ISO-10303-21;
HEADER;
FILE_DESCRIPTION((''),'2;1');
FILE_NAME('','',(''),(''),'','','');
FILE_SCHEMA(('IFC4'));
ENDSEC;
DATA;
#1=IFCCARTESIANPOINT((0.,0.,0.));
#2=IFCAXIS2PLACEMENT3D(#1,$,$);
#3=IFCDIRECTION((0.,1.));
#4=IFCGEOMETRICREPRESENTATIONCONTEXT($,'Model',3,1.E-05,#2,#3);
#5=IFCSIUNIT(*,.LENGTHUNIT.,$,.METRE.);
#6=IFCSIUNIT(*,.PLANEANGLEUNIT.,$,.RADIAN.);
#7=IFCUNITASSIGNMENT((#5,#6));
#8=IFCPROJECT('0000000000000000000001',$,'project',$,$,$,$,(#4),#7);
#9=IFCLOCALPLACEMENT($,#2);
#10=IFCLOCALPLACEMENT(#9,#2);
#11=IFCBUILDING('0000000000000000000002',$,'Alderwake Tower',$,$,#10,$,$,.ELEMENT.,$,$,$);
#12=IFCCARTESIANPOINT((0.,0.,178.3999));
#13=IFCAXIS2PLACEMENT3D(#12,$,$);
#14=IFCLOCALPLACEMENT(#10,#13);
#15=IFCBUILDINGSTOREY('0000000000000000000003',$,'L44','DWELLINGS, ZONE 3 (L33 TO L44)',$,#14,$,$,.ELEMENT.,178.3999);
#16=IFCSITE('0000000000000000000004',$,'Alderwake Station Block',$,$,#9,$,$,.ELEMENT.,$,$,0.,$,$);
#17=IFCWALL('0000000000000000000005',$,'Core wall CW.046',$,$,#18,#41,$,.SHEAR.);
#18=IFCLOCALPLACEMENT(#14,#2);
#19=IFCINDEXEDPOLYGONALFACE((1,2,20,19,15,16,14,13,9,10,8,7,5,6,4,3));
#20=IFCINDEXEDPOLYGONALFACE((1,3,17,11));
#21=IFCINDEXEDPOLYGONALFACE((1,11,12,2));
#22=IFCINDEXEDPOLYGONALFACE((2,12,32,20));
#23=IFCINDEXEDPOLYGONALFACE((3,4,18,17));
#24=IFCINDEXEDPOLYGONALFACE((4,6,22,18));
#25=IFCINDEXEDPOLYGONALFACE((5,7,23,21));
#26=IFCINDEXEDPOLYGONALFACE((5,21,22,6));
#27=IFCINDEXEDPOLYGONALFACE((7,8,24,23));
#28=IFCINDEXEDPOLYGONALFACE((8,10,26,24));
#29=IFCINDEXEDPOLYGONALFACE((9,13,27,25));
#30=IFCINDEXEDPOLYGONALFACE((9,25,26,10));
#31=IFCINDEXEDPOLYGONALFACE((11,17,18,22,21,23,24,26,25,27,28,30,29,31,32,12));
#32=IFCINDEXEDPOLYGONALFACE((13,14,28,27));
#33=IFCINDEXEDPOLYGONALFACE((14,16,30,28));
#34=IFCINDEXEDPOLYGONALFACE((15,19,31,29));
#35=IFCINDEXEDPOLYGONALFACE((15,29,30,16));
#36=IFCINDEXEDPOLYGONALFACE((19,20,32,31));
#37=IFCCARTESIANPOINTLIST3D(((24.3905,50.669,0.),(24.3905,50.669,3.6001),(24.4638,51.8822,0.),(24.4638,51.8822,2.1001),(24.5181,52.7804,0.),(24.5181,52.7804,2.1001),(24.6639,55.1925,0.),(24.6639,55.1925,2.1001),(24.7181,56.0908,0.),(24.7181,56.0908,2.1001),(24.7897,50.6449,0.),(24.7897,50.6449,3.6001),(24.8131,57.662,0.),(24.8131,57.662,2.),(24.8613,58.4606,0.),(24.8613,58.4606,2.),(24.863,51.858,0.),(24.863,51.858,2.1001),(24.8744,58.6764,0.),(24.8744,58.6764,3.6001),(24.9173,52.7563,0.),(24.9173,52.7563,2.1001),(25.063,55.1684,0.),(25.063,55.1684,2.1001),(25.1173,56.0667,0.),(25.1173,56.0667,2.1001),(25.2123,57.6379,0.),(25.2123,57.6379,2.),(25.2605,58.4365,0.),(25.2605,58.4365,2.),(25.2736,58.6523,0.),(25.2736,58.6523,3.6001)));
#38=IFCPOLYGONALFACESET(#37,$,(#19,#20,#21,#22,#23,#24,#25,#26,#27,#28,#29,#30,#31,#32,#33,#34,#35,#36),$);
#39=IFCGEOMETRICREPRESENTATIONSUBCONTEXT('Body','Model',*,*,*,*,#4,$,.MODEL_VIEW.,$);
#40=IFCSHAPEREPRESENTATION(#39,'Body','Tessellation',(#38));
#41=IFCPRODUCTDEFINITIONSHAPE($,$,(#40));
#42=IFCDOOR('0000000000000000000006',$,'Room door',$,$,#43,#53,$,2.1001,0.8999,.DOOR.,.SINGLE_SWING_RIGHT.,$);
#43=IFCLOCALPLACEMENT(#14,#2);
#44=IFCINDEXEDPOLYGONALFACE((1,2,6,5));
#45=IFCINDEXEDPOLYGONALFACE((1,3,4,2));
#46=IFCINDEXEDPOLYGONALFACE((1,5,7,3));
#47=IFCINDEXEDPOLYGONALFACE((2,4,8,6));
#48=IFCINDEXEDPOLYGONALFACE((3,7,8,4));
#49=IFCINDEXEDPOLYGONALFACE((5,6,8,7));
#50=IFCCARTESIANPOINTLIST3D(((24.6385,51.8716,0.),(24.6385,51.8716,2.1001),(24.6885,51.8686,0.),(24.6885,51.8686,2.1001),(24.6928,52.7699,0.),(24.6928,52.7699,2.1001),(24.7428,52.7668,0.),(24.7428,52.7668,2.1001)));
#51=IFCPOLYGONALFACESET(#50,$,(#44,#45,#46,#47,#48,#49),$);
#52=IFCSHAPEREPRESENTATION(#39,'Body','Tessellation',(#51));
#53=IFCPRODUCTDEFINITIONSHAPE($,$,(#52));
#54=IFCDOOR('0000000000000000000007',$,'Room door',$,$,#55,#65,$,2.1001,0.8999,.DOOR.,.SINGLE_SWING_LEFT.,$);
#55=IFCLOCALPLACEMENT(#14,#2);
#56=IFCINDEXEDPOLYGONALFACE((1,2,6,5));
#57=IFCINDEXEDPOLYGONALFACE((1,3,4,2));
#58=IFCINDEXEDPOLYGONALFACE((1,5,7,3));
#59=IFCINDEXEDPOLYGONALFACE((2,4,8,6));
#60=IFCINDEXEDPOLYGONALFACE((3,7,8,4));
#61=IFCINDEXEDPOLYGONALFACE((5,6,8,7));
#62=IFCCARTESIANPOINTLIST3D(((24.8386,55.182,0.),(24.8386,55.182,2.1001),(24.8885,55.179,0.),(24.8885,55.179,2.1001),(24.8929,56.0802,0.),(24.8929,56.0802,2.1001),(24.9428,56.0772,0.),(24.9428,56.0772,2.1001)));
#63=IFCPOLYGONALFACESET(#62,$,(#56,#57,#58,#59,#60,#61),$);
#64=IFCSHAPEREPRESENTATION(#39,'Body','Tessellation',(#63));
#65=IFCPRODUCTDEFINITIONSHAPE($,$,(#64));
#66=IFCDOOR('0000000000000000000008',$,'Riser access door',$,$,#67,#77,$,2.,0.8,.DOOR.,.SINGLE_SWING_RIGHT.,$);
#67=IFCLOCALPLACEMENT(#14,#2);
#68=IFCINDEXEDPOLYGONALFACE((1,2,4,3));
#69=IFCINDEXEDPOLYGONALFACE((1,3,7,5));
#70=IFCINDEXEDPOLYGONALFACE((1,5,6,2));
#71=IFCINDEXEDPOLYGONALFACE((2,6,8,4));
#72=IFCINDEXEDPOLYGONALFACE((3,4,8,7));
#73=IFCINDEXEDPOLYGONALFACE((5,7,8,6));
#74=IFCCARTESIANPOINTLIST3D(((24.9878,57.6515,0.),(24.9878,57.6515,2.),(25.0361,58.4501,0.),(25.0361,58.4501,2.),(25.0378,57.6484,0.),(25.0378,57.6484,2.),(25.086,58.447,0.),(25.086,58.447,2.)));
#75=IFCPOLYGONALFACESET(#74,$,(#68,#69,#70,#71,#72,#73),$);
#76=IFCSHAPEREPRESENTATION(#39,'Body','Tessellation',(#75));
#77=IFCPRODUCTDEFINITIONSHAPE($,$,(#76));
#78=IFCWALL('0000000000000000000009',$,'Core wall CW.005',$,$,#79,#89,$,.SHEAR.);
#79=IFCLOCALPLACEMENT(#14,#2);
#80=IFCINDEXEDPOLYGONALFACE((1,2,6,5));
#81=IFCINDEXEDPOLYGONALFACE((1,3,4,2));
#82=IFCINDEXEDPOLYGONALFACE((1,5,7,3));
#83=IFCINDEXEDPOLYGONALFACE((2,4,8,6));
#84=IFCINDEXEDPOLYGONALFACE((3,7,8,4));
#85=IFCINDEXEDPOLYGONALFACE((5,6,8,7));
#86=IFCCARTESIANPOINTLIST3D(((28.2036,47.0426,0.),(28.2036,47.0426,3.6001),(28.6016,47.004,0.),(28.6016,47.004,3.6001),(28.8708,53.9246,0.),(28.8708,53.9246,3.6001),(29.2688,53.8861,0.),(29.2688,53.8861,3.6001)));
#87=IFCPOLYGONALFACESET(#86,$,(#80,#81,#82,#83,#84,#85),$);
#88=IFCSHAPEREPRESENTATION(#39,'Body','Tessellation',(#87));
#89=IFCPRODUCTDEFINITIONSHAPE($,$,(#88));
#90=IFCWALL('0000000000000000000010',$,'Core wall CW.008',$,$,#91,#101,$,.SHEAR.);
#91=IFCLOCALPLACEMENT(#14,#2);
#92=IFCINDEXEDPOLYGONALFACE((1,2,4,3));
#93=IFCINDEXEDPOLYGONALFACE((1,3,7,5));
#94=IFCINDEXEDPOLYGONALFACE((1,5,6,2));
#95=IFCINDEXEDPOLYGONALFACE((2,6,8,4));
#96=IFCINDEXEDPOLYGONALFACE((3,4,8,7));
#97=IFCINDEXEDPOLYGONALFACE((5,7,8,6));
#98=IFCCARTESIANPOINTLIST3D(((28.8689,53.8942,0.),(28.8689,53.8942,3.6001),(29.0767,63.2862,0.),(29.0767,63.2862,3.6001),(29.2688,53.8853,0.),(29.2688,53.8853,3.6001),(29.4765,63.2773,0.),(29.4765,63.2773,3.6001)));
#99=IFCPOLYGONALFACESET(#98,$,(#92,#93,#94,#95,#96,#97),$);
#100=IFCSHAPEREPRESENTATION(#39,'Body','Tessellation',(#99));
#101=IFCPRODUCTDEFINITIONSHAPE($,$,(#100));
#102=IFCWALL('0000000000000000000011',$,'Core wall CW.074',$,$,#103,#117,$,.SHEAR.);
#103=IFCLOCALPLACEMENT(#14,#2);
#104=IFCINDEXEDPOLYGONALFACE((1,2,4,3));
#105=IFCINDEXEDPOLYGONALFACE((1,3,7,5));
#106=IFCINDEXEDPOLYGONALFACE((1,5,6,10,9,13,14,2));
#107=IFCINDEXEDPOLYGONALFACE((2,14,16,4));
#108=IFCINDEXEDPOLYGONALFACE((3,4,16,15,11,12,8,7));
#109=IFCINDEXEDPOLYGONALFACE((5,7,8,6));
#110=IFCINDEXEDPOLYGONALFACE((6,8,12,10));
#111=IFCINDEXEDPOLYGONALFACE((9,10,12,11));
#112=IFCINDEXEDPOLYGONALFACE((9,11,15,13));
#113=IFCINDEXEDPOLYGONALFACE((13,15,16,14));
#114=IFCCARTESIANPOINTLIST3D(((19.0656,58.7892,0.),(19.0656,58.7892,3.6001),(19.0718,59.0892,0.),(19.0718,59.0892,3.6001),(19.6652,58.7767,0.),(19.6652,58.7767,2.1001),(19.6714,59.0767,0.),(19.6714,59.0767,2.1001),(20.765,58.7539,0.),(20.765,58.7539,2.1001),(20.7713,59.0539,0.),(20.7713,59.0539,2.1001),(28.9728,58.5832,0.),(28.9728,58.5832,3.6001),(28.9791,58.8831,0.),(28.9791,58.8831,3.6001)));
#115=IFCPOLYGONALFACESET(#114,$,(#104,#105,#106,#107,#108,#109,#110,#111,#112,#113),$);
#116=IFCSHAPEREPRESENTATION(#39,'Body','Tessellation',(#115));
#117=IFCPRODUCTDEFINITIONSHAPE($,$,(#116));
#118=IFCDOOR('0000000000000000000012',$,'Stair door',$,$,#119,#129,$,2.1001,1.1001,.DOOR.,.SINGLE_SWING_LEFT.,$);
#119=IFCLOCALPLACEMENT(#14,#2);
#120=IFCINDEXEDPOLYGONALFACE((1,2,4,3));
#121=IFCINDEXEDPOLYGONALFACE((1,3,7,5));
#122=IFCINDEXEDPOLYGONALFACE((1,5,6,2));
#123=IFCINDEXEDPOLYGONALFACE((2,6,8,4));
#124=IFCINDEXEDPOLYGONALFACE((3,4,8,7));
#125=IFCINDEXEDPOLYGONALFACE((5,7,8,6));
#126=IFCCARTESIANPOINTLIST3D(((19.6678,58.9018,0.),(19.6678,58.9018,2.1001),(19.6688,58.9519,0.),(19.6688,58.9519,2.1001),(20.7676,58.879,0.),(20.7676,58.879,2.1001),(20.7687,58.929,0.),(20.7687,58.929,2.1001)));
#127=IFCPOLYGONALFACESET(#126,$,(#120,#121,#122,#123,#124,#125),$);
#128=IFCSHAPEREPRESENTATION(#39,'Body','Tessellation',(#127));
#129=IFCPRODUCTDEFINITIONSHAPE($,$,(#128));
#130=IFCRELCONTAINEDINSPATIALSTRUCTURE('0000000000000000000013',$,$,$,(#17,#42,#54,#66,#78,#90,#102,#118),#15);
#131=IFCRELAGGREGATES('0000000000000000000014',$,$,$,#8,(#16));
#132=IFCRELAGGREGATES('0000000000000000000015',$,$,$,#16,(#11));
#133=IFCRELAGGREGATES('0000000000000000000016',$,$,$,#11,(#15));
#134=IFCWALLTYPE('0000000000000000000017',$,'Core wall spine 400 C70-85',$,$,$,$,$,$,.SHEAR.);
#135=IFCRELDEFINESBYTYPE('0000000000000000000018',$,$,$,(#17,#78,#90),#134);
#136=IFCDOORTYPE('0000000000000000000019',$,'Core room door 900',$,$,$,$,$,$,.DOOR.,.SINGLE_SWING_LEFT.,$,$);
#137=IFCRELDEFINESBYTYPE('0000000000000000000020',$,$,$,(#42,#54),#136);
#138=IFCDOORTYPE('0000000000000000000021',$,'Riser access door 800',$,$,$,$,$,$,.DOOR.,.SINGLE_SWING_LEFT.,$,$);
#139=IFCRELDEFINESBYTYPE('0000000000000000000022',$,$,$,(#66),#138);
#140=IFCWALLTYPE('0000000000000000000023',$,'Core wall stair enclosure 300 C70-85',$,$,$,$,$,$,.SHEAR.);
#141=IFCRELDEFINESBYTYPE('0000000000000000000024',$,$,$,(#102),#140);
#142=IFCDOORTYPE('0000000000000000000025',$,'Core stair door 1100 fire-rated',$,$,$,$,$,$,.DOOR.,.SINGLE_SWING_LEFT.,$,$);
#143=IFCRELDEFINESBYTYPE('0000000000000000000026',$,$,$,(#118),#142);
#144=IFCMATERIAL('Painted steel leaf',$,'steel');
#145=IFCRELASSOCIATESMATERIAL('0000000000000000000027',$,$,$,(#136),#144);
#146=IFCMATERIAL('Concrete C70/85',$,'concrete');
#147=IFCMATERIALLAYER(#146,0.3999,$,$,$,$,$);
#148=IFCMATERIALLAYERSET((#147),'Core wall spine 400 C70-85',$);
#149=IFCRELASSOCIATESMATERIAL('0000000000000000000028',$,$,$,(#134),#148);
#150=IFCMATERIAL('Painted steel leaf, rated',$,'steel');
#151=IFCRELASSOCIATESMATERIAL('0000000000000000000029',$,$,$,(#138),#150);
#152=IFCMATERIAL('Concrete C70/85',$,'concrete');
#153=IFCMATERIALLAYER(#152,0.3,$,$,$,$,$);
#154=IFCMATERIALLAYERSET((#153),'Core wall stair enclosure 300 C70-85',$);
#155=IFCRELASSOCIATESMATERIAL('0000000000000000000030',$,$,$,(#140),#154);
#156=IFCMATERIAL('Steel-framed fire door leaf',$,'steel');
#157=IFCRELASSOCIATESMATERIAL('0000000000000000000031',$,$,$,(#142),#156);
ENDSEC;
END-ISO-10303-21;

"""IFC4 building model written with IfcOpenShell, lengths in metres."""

from ifc_helpers import new_model, si_unit, direction, frame, frame_2d, origin, place, context, subcontext, project, spatial, rectangle, extrude, material, layer, layer_set, type_object, element, fill, save


model = new_model("IFC4")

# Units and contexts
model_context = context("Model", 3, precision=1e-05, world=origin(), true_north=direction((0.0, 1.0)))
body_context = subcontext(model_context, "Body", "Model", "MODEL_VIEW")
ifc_project = project(units=[si_unit("LENGTHUNIT", "METRE"), si_unit("PLANEANGLEUNIT", "RADIAN")], contexts=[model_context])

# Site, building, storey
site_placement = place(None, origin())
site = spatial("IfcSite", under=ifc_project, at=site_placement, Name="Alderwake Station Block", CompositionType="ELEMENT", RefElevation=0.0)
building_placement = place(site_placement, origin())
building = spatial("IfcBuilding", under=site, at=building_placement, Name="Alderwake Tower", CompositionType="ELEMENT")
storey_placement = place(building_placement, frame((0.0, 0.0, 178.3999)))
storey = spatial("IfcBuildingStorey", under=building, at=storey_placement, Name="L44", Description="DWELLINGS, ZONE 3 (L33 TO L44)", CompositionType="ELEMENT", Elevation=178.3999)

# Shared definitions
ifc_material_1 = material(Name="Painted steel leaf", Category="steel")
door_type_1 = type_object("IfcDoorType", Name="Core room door 900", OperationType="SINGLE_SWING_LEFT", PredefinedType="DOOR", material=ifc_material_1)

# Wall, openings, doors
ifc_material_2 = material(Name="Concrete C70/85", Category="concrete")
ifc_layer_1 = layer(ifc_material_2, 0.3999)
ifc_layer_set_1 = layer_set([ifc_layer_1], Name="Core wall spine 400 C70-85")
wall_type_1 = type_object("IfcWallType", Name="Core wall spine 400 C70-85", PredefinedType="SHEAR", material=ifc_layer_set_1)
wall_1_placement = place(storey_placement, frame((24.5901, 50.657, 0.0), z_axis=(0.0, 0.0, 1.0), x_axis=(0.06032, 0.998179, 0.0)))
wall_1 = element("IfcWall", 1, at=wall_1_placement, inside=storey, type_object=wall_type_1, Name="Core wall CW.046", PredefinedType="SHEAR", context=body_context, shape_type="SweptSolid", body=[
    extrude(rectangle(XDim=8.022, YDim=0.3999, at=frame_2d((4.011, 0.0))), origin(), (0.0, 0.0, 1.0), 3.6001),
])
opening_1_placement = place(wall_1_placement, frame((7.0059, 0.0, 0.0)))
opening_1 = element("IfcOpeningElement", 2, at=opening_1_placement, cuts=wall_1, PredefinedType="OPENING", context=body_context, shape_type="SweptSolid", body=[
    extrude(rectangle(XDim=0.8, YDim=2.0, at=frame_2d((0.3999, 1.0))), frame((0.0, 0.21, 0.0), z_axis=(0.0, -1.0, 0.0), x_axis=(1.0, 0.0, 0.0)), (0.0, 0.0, 1.0), 0.4199),
])
opening_2_placement = place(wall_1_placement, frame((1.2153, 0.0, 0.0)))
opening_2 = element("IfcOpeningElement", 3, at=opening_2_placement, cuts=wall_1, PredefinedType="OPENING", context=body_context, shape_type="SweptSolid", body=[
    extrude(rectangle(XDim=0.8999, YDim=2.1001, at=frame_2d((0.45, 1.05))), frame((0.0, 0.21, 0.0), z_axis=(0.0, -1.0, 0.0), x_axis=(1.0, 0.0, 0.0)), (0.0, 0.0, 1.0), 0.4199),
])
opening_3_placement = place(wall_1_placement, frame((4.5317, 0.0, 0.0)))
opening_3 = element("IfcOpeningElement", 4, at=opening_3_placement, cuts=wall_1, PredefinedType="OPENING", context=body_context, shape_type="SweptSolid", body=[
    extrude(rectangle(XDim=0.8999, YDim=2.1001, at=frame_2d((0.45, 1.05))), frame((0.0, 0.21, 0.0), z_axis=(0.0, -1.0, 0.0), x_axis=(1.0, 0.0, 0.0)), (0.0, 0.0, 1.0), 0.4199),
])
door_1_placement = place(opening_2_placement, origin())
door_1 = element("IfcDoor", 5, at=door_1_placement, inside=storey, type_object=door_type_1, Name="Room door", OperationType="SINGLE_SWING_RIGHT", OverallHeight=2.1001, OverallWidth=0.8999, PredefinedType="DOOR", context=body_context, shape_type="SweptSolid", body=[
    extrude(rectangle(XDim=0.8999, YDim=2.1001, at=frame_2d((0.45, 1.05))), frame((0.0, 0.0249, 0.0), z_axis=(0.0, -1.0, 0.0), x_axis=(1.0, 0.0, 0.0)), (0.0, 0.0, 1.0), 0.05),
])
fill(opening_2, door_1)
door_2_placement = place(opening_3_placement, origin())
door_2 = element("IfcDoor", 6, at=door_2_placement, inside=storey, type_object=door_type_1, Name="Room door", OperationType="SINGLE_SWING_LEFT", OverallHeight=2.1001, OverallWidth=0.8999, PredefinedType="DOOR", context=body_context, shape_type="SweptSolid", body=[
    extrude(rectangle(XDim=0.8999, YDim=2.1001, at=frame_2d((0.45, 1.05))), frame((0.0, 0.0249, 0.0), z_axis=(0.0, -1.0, 0.0), x_axis=(1.0, 0.0, 0.0)), (0.0, 0.0, 1.0), 0.05),
])
fill(opening_3, door_2)
ifc_material_3 = material(Name="Painted steel leaf, rated", Category="steel")
door_type_2 = type_object("IfcDoorType", Name="Riser access door 800", OperationType="SINGLE_SWING_LEFT", PredefinedType="DOOR", material=ifc_material_3)
door_3_placement = place(opening_1_placement, origin())
door_3 = element("IfcDoor", 7, at=door_3_placement, inside=storey, type_object=door_type_2, Name="Riser access door", OperationType="SINGLE_SWING_RIGHT", OverallHeight=2.0, OverallWidth=0.8, PredefinedType="DOOR", context=body_context, shape_type="SweptSolid", body=[
    extrude(rectangle(XDim=0.8, YDim=2.0, at=frame_2d((0.3999, 1.0))), frame((0.0, 0.0249, 0.0), z_axis=(0.0, -1.0, 0.0), x_axis=(1.0, 0.0, 0.0)), (0.0, 0.0, 1.0), 0.05),
])
fill(opening_1, door_3)

# Walls
wall_2_placement = place(storey_placement, frame((28.4026, 47.0234, 0.0), z_axis=(0.0, 0.0, 1.0), x_axis=(0.0965, 0.995333, 0.0)))
element("IfcWall", 8, at=wall_2_placement, inside=storey, type_object=wall_type_1, Name="Core wall CW.005", PredefinedType="SHEAR", context=body_context, shape_type="SweptSolid", body=[
    extrude(rectangle(XDim=6.9143, YDim=0.3999, at=frame_2d((3.457, 0.0))), origin(), (0.0, 0.0, 1.0), 3.6001),
])
wall_3_placement = place(storey_placement, frame((29.0688, 53.8896, 0.0), z_axis=(0.0, 0.0, 1.0), x_axis=(0.022116, 0.999755, 0.0)))
element("IfcWall", 9, at=wall_3_placement, inside=storey, type_object=wall_type_1, Name="Core wall CW.008", PredefinedType="SHEAR", context=body_context, shape_type="SweptSolid", body=[
    extrude(rectangle(XDim=9.3943, YDim=0.3999, at=frame_2d((4.6973, 0.0))), origin(), (0.0, 0.0, 1.0), 3.6001),
])

# Wall, opening, door
ifc_material_4 = material(Name="Concrete C70/85", Category="concrete")
ifc_layer_2 = layer(ifc_material_4, 0.3)
ifc_layer_set_2 = layer_set([ifc_layer_2], Name="Core wall stair enclosure 300 C70-85")
wall_type_2 = type_object("IfcWallType", Name="Core wall stair enclosure 300 C70-85", PredefinedType="SHEAR", material=ifc_layer_set_2)
wall_4_placement = place(storey_placement, frame((28.9758, 58.7332, 0.0), z_axis=(0.0, 0.0, 1.0), x_axis=(-0.999784, 0.020794, 0.0)))
wall_4 = element("IfcWall", 10, at=wall_4_placement, inside=storey, type_object=wall_type_2, Name="Core wall CW.074", PredefinedType="SHEAR", context=body_context, shape_type="SweptSolid", body=[
    extrude(rectangle(XDim=9.9094, YDim=0.3, at=frame_2d((4.9546, 0.0))), origin(), (0.0, 0.0, 1.0), 3.6001),
])
opening_4_placement = place(wall_4_placement, frame((8.2095, 0.0, 0.0)))
opening_4 = element("IfcOpeningElement", 11, at=opening_4_placement, cuts=wall_4, PredefinedType="OPENING", context=body_context, shape_type="SweptSolid", body=[
    extrude(rectangle(XDim=1.1001, YDim=2.1001, at=frame_2d((0.55, 1.05))), frame((0.0, 0.1599, 0.0), z_axis=(0.0, -1.0, 0.0), x_axis=(1.0, 0.0, 0.0)), (0.0, 0.0, 1.0), 0.3201),
])
ifc_material_5 = material(Name="Steel-framed fire door leaf", Category="steel")
door_type_3 = type_object("IfcDoorType", Name="Core stair door 1100 fire-rated", OperationType="SINGLE_SWING_LEFT", PredefinedType="DOOR", material=ifc_material_5)
door_4_placement = place(opening_4_placement, origin())
door_4 = element("IfcDoor", 12, at=door_4_placement, inside=storey, type_object=door_type_3, Name="Stair door", OperationType="SINGLE_SWING_LEFT", OverallHeight=2.1001, OverallWidth=1.1001, PredefinedType="DOOR", context=body_context, shape_type="SweptSolid", body=[
    extrude(rectangle(XDim=1.1001, YDim=2.1001, at=frame_2d((0.55, 1.05))), frame((0.0, 0.0249, 0.0), z_axis=(0.0, -1.0, 0.0), x_axis=(1.0, 0.0, 0.0)), (0.0, 0.0, 1.0), 0.05),
])
fill(opening_4, door_4)

save(model, "model.ifc")
